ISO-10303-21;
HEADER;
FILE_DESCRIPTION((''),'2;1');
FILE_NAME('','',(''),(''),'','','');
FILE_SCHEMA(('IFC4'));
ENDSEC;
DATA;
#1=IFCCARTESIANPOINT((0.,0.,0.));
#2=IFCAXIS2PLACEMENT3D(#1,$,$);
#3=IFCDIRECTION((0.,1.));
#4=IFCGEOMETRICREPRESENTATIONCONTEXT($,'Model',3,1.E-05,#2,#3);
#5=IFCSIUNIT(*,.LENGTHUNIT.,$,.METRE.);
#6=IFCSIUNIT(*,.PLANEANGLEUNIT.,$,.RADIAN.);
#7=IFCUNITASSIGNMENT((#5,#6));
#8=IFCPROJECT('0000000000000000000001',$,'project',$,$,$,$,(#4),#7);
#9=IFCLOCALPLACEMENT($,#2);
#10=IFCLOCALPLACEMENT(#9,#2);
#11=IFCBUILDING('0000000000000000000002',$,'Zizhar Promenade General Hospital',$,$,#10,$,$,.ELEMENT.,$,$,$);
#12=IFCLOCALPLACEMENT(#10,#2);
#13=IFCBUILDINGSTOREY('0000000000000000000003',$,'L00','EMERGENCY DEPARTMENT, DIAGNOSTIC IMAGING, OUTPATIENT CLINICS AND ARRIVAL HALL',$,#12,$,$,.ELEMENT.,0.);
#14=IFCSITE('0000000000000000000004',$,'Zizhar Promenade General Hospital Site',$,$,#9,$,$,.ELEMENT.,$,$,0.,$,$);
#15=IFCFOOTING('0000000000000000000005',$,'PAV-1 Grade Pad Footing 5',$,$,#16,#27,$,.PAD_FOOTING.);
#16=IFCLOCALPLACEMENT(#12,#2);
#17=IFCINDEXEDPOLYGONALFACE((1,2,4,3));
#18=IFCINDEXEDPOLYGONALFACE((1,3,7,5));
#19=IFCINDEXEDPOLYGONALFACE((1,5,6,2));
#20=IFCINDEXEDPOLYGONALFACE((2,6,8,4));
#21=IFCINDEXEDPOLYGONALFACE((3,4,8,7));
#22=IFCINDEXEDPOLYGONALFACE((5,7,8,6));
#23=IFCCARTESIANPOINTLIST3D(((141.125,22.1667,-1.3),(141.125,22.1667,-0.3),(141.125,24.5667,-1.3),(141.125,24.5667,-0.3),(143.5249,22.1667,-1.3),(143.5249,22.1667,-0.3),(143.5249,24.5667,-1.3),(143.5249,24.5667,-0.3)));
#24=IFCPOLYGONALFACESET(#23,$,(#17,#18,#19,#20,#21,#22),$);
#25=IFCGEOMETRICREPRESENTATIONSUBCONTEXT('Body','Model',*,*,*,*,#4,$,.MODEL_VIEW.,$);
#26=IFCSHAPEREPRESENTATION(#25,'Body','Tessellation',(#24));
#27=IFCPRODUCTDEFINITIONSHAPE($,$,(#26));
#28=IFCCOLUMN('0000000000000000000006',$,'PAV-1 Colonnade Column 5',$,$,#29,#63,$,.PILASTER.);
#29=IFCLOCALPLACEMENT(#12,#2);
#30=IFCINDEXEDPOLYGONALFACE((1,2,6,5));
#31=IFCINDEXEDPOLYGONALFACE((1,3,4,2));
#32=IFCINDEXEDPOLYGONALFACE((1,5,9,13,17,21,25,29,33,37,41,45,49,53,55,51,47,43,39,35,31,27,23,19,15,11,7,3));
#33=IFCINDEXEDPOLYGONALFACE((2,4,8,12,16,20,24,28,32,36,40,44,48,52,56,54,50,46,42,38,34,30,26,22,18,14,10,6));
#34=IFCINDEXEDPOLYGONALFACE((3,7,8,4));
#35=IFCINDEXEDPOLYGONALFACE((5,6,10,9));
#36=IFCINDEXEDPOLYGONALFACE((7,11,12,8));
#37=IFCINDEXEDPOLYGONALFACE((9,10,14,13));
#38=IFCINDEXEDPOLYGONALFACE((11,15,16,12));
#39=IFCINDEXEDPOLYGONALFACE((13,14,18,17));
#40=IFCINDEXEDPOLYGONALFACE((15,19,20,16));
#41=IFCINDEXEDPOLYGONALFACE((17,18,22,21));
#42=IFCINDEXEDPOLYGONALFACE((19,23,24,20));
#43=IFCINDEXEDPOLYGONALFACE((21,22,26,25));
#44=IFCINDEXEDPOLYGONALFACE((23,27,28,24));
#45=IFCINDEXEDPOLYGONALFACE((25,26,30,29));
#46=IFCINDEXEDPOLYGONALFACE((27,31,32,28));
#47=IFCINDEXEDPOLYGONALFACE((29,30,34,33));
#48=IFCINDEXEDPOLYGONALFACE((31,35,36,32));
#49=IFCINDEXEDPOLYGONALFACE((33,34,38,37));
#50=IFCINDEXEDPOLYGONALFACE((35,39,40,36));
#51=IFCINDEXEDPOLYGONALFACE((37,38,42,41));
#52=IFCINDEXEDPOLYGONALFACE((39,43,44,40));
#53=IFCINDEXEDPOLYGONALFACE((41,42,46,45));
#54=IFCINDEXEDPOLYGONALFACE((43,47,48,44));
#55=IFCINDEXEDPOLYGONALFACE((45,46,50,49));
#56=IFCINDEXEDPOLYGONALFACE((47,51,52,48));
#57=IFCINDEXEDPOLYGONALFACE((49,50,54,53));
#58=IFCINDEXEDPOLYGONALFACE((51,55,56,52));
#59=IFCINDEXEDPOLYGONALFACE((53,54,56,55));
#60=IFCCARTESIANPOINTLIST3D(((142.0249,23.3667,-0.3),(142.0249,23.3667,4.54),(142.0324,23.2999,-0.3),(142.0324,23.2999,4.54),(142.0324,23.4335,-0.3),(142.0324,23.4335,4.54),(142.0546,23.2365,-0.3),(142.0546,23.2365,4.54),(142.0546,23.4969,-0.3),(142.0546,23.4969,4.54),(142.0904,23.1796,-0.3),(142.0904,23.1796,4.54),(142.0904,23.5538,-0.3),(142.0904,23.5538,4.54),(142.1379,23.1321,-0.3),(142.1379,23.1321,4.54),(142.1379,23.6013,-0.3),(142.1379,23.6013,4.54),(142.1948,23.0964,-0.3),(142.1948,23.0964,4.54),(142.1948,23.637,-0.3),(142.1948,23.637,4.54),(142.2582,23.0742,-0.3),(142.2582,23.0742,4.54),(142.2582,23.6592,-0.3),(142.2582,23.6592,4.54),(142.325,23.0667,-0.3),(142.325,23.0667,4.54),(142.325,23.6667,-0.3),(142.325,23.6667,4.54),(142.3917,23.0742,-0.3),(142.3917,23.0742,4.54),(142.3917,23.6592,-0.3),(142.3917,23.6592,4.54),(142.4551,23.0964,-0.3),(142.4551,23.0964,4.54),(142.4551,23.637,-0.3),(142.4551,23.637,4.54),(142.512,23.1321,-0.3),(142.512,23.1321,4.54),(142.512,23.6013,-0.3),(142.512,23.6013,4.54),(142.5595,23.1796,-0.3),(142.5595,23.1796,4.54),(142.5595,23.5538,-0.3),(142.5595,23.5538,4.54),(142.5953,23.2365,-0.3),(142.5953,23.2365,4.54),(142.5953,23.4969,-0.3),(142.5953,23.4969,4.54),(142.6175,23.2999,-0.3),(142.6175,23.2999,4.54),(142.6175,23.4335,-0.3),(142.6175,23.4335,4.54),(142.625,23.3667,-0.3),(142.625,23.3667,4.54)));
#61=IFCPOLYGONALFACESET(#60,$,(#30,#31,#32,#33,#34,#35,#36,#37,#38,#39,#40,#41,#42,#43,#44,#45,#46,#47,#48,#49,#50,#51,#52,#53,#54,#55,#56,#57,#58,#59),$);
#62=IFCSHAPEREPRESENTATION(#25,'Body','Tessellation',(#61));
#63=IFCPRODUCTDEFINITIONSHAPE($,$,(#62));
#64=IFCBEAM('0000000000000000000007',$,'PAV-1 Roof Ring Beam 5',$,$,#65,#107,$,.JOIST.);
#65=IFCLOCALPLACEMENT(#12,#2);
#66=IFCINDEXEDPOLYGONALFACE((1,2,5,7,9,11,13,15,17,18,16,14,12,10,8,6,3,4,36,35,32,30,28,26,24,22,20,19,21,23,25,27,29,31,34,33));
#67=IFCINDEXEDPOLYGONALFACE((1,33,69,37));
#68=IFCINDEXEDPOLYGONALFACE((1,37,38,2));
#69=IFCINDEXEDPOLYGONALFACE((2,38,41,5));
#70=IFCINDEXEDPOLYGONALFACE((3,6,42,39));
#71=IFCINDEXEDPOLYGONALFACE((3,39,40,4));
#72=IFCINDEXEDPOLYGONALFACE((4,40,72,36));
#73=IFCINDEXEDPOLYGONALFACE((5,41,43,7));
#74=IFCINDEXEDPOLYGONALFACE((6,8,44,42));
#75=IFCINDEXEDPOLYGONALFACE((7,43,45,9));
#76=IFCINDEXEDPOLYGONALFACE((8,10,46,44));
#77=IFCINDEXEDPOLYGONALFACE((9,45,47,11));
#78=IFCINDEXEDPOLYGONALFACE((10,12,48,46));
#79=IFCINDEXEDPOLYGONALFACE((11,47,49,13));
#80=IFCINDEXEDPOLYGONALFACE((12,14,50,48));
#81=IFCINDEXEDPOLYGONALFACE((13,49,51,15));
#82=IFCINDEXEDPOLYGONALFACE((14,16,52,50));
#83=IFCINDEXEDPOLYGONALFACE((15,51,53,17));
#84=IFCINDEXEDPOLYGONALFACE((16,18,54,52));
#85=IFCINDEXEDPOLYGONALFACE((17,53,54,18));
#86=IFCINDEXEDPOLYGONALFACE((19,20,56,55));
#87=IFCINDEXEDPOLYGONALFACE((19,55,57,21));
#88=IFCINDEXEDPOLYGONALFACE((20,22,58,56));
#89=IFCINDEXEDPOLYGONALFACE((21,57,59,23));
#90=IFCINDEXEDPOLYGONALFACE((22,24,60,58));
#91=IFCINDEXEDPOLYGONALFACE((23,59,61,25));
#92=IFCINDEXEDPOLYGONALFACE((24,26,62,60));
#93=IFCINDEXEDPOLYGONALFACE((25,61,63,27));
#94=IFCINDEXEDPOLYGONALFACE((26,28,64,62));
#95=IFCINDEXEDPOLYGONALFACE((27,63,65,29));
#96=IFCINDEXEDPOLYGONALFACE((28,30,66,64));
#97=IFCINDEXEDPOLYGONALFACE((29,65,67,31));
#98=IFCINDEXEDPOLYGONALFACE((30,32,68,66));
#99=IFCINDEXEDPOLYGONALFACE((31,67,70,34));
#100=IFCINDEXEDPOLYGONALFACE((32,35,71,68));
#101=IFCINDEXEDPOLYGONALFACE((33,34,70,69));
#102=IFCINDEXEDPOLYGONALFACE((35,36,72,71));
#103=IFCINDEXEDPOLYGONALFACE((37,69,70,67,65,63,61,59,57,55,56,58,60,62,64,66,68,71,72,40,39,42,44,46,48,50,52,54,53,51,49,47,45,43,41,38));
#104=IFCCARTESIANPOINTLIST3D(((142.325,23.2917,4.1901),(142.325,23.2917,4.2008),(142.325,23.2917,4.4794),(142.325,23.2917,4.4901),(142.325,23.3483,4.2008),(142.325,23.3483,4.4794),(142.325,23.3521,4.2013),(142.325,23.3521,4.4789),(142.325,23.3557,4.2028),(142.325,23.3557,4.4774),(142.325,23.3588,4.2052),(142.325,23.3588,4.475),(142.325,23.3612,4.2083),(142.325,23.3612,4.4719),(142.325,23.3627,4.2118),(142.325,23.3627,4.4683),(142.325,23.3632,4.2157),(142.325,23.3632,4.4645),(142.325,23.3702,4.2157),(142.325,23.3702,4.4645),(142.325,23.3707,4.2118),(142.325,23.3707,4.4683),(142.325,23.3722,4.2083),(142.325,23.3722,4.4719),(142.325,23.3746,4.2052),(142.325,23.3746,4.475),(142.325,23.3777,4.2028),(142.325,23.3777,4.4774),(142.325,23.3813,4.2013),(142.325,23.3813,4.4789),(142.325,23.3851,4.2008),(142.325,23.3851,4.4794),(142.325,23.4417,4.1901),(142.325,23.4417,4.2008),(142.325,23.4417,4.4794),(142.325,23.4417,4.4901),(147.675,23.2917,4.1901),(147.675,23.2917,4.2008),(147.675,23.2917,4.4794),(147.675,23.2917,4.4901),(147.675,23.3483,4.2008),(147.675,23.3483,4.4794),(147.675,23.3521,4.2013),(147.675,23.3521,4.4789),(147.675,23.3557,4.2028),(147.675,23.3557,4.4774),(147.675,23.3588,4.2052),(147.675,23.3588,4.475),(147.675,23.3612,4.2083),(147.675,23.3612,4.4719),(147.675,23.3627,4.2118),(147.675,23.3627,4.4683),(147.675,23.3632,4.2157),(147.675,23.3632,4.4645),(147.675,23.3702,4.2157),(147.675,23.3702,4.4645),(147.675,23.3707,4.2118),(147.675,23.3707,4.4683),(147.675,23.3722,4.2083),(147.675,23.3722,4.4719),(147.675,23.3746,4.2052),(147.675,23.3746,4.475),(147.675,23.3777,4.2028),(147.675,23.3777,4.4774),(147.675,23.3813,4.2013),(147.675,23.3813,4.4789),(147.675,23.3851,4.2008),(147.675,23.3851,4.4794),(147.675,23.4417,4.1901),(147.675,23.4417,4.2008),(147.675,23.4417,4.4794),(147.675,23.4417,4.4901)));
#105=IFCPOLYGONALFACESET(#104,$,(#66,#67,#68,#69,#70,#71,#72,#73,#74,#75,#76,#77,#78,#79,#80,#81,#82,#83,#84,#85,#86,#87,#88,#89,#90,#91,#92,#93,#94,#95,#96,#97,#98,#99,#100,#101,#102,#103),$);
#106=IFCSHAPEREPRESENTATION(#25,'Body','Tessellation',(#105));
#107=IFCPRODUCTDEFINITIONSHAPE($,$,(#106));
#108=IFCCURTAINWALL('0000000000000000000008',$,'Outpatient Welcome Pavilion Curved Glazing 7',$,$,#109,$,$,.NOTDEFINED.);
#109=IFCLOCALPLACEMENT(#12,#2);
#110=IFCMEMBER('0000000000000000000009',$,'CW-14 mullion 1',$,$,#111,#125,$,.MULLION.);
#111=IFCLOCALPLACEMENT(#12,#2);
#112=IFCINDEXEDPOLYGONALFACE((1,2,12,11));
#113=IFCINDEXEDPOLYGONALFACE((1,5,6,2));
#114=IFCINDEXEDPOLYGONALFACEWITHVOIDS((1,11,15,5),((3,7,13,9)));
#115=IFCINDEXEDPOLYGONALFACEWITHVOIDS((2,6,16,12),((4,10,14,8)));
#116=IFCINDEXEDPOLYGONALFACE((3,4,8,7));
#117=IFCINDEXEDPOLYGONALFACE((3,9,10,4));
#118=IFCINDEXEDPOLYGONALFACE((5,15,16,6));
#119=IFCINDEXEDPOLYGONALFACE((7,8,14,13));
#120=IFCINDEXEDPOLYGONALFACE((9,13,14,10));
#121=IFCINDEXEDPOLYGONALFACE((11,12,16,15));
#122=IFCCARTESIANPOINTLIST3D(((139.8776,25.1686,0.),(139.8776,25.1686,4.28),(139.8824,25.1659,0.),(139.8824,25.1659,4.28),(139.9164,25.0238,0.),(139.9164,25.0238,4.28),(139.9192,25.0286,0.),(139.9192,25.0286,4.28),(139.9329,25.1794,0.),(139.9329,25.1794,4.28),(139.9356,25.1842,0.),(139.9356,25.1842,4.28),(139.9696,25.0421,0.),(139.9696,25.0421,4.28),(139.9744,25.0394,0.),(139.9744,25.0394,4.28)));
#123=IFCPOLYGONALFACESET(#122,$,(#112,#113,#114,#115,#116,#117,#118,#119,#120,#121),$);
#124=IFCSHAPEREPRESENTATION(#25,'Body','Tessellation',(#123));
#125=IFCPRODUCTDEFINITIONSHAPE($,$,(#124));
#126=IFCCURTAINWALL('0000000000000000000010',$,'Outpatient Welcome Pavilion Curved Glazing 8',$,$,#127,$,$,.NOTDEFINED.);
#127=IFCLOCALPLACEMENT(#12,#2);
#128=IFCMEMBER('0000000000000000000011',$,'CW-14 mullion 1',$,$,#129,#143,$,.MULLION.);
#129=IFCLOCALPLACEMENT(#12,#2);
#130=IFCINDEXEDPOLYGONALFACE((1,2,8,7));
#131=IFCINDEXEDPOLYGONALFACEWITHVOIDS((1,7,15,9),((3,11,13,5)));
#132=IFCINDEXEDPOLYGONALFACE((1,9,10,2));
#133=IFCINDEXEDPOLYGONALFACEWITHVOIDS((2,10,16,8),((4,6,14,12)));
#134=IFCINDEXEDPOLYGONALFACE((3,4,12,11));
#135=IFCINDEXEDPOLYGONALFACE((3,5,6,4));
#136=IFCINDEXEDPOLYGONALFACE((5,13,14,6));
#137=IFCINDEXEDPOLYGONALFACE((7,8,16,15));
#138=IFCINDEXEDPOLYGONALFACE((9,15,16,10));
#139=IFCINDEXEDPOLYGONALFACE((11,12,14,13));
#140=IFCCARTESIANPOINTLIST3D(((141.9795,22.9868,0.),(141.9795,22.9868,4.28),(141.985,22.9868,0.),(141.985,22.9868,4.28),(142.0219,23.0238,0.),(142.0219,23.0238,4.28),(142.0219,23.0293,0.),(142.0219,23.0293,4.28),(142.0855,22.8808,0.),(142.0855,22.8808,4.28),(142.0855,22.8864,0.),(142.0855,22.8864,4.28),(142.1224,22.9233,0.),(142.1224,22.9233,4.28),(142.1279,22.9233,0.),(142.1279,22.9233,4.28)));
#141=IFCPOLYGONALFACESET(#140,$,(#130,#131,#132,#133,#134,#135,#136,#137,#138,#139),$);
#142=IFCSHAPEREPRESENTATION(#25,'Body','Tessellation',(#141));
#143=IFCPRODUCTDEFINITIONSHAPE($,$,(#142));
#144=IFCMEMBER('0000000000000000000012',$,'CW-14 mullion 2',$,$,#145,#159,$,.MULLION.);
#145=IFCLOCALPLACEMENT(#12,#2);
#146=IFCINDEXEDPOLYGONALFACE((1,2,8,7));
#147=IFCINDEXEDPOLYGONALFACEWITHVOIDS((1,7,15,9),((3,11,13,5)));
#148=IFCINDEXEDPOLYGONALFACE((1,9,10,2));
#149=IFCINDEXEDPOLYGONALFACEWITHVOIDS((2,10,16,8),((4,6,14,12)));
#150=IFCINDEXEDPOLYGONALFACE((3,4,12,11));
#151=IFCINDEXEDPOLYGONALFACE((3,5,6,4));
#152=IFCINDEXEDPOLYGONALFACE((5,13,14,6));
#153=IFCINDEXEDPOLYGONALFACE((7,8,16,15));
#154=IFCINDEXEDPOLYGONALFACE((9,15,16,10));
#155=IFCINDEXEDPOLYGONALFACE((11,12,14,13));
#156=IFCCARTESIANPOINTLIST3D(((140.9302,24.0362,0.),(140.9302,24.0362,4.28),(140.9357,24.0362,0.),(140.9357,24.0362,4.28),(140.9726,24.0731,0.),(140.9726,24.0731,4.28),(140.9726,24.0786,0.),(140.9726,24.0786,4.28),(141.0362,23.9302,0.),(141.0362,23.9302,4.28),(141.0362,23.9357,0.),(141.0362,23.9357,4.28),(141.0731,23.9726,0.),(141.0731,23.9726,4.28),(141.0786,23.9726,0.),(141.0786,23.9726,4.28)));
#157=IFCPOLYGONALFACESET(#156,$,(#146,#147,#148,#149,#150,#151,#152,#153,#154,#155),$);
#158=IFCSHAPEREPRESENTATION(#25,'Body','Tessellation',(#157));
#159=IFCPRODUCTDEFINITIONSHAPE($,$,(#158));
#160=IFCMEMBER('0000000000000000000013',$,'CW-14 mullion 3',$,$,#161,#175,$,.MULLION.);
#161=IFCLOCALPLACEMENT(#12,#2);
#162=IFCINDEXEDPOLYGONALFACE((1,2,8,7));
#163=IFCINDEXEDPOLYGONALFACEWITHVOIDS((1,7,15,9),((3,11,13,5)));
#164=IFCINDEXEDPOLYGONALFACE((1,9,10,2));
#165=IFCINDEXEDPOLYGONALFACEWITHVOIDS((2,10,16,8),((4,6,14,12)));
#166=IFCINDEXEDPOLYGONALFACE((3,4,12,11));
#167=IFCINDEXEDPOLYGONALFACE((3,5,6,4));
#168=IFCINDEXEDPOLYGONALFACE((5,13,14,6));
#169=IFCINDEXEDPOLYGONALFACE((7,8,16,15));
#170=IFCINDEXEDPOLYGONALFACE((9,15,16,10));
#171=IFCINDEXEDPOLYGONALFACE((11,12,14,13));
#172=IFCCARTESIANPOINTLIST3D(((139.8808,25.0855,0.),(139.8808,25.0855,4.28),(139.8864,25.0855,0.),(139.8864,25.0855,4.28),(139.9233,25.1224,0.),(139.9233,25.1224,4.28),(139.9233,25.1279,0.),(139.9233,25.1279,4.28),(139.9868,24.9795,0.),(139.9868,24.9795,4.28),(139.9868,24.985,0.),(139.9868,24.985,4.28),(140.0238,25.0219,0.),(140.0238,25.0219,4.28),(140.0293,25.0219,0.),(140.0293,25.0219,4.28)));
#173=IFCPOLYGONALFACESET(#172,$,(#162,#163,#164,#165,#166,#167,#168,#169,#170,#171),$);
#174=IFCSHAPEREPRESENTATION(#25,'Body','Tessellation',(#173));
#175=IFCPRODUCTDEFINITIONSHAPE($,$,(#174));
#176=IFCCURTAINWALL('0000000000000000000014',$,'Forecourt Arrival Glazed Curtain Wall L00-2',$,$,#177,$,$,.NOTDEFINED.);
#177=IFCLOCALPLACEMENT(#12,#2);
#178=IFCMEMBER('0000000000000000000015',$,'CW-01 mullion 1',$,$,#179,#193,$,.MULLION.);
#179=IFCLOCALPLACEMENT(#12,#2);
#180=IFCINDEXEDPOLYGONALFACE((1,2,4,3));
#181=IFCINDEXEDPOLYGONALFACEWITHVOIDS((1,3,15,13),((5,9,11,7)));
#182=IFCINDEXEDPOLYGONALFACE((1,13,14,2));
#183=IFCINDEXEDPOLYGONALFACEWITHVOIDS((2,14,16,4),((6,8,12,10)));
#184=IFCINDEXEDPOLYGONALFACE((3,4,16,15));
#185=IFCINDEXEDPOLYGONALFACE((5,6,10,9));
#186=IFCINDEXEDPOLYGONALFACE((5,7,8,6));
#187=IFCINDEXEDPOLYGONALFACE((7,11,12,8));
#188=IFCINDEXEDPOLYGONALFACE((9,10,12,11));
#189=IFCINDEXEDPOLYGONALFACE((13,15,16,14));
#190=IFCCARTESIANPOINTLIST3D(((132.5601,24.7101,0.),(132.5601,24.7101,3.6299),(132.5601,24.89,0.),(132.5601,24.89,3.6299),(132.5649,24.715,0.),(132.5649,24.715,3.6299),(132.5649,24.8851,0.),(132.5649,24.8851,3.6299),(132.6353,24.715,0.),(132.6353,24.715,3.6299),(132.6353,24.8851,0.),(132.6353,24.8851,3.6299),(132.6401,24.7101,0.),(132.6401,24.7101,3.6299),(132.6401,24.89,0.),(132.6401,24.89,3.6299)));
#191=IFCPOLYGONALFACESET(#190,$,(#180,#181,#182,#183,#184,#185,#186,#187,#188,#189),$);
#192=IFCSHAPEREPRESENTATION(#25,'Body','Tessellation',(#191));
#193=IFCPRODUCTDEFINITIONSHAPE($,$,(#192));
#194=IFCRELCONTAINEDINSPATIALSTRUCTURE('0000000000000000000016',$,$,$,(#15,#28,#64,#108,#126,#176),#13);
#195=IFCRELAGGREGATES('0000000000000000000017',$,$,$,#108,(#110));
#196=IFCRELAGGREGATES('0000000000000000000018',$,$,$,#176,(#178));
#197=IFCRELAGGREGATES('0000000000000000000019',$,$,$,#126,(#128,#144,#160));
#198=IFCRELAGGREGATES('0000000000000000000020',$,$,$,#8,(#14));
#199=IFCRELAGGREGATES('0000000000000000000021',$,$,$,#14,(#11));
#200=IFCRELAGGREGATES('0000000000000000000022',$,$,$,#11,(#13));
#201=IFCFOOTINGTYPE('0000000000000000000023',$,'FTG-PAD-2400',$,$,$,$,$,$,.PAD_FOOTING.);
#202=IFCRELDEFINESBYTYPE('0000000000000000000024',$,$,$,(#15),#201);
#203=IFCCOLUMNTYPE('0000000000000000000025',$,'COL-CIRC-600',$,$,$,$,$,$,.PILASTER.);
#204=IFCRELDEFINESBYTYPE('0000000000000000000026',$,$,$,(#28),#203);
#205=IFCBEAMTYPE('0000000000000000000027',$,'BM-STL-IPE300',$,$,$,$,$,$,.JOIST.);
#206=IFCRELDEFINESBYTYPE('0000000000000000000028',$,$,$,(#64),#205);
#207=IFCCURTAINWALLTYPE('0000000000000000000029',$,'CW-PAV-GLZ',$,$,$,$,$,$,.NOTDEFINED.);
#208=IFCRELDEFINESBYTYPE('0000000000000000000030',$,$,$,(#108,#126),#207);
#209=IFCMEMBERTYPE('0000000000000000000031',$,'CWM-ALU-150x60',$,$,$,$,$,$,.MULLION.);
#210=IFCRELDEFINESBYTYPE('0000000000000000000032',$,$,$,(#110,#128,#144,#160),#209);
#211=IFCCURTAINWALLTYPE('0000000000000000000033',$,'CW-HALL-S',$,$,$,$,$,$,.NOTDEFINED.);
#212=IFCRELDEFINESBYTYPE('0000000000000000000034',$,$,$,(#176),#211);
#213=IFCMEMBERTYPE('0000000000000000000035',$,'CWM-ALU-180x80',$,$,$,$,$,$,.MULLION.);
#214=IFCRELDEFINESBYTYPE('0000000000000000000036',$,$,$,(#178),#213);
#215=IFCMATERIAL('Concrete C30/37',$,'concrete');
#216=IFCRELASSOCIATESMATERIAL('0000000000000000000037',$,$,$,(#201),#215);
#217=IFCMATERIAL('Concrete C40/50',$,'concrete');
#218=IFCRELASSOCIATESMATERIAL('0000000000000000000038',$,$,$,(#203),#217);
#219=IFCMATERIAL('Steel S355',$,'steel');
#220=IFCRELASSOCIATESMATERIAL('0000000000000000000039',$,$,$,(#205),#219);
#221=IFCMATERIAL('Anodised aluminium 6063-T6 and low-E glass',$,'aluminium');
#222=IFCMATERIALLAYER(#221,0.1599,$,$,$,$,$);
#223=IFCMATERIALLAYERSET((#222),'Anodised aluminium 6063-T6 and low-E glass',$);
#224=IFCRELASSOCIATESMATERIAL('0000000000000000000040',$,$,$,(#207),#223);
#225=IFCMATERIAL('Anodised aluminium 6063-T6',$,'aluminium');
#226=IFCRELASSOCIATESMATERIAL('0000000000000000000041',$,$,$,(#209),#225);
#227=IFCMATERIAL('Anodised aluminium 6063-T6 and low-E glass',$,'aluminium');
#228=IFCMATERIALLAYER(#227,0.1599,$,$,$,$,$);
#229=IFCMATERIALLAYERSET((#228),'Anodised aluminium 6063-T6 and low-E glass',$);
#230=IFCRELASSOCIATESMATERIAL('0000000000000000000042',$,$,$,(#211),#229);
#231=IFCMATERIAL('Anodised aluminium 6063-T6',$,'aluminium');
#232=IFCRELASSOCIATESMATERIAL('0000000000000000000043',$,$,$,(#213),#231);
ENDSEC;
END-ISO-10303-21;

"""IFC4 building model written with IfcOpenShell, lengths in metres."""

from ifc_helpers import new_model, si_unit, direction, frame, origin, origin_2d, place, context, subcontext, project, spatial, rectangle, hollow_rectangle, circle, i_section, extrude, material, layer, layer_set, material_profile, profile_set, type_object, element, aggregate, save


model = new_model("IFC4")

# Units and contexts
model_context = context("Model", 3, precision=1e-05, world=origin(), true_north=direction((0.0, 1.0)))
body_context = subcontext(model_context, "Body", "Model", "MODEL_VIEW")
ifc_project = project(units=[si_unit("LENGTHUNIT", "METRE"), si_unit("PLANEANGLEUNIT", "RADIAN")], contexts=[model_context])

# Site, building, storey
site_placement = place(None, origin())
site = spatial("IfcSite", under=ifc_project, at=site_placement, Name="Zizhar Promenade General Hospital Site", CompositionType="ELEMENT", RefElevation=0.0)
building_placement = place(site_placement, origin())
building = spatial("IfcBuilding", under=site, at=building_placement, Name="Zizhar Promenade General Hospital", CompositionType="ELEMENT")
storey_placement = place(building_placement, origin())
storey = spatial("IfcBuildingStorey", under=building, at=storey_placement, Name="L00", Description="EMERGENCY DEPARTMENT, DIAGNOSTIC IMAGING, OUTPATIENT CLINICS AND ARRIVAL HALL", CompositionType="ELEMENT", Elevation=0.0)

# Footing
ifc_material_1 = material(Name="Concrete C30/37", Category="concrete")
footing_type = type_object("IfcFootingType", Name="FTG-PAD-2400", PredefinedType="PAD_FOOTING", material=ifc_material_1)
footing_placement = place(storey_placement, frame((142.325, 23.3667, -1.3), z_axis=(0.0, 0.0, 1.0), x_axis=(1.0, 0.0, 0.0)))
element("IfcFooting", 1, at=footing_placement, inside=storey, type_object=footing_type, Name="PAV-1 Grade Pad Footing 5", PredefinedType="PAD_FOOTING", context=body_context, shape_type="SweptSolid", body=[
    extrude(rectangle(XDim=2.3999, YDim=2.3999, at=origin_2d()), origin(), (0.0, 0.0, 1.0), 1.0),
])

# Column
ifc_material_2 = material(Name="Concrete C40/50", Category="concrete")
ifc_material_profile_1 = material_profile(ifc_material_2, circle(Radius=0.3, at=origin_2d()))
ifc_profile_set_1 = profile_set([ifc_material_profile_1], Name="Concrete C40/50")
column_type = type_object("IfcColumnType", Name="COL-CIRC-600", PredefinedType="PILASTER", material=ifc_profile_set_1)
column_placement = place(storey_placement, frame((142.325, 23.3667, -0.3), z_axis=(0.0, 0.0, 1.0), x_axis=(1.0, 0.0, 0.0)))
element("IfcColumn", 2, at=column_placement, inside=storey, type_object=column_type, Name="PAV-1 Colonnade Column 5", PredefinedType="PILASTER", context=body_context, shape_type="SweptSolid", body=[
    extrude(circle(Radius=0.3, at=origin_2d()), origin(), (0.0, 0.0, 1.0), 4.8401),
])

# Beam
ifc_material_3 = material(Name="Steel S355", Category="steel")
ifc_material_profile_2 = material_profile(ifc_material_3, i_section(OverallWidth=0.1499, OverallDepth=0.3, WebThickness=0.0071, FlangeThickness=0.0107, FilletRadius=0.0149, at=origin_2d()))
ifc_profile_set_2 = profile_set([ifc_material_profile_2], Name="Steel S355")
beam_type = type_object("IfcBeamType", Name="BM-STL-IPE300", PredefinedType="JOIST", material=ifc_profile_set_2)
beam_placement = place(storey_placement, frame((142.325, 23.3667, 4.3401), z_axis=(1.0, 0.0, 0.0), x_axis=(0.0, 1.0, 0.0)))
element("IfcBeam", 3, at=beam_placement, inside=storey, type_object=beam_type, Name="PAV-1 Roof Ring Beam 5", PredefinedType="JOIST", context=body_context, shape_type="SweptSolid", body=[
    extrude(i_section(OverallWidth=0.1499, OverallDepth=0.3, WebThickness=0.0071, FlangeThickness=0.0107, FilletRadius=0.0149, at=origin_2d()), origin(), (0.0, 0.0, 1.0), 5.3501),
])

# Curtain wall, member
ifc_material_4 = material(Name="Anodised aluminium 6063-T6 and low-E glass", Category="aluminium")
ifc_layer_1 = layer(ifc_material_4, 0.1599)
ifc_layer_set_1 = layer_set([ifc_layer_1], Name="Anodised aluminium 6063-T6 and low-E glass")
curtain_wall_type_1 = type_object("IfcCurtainWallType", Name="CW-PAV-GLZ", PredefinedType="NOTDEFINED", material=ifc_layer_set_1)
curtain_wall_1_placement = place(storey_placement, origin())
curtain_wall_1 = element("IfcCurtainWall", 4, at=curtain_wall_1_placement, inside=storey, type_object=curtain_wall_type_1, Name="Outpatient Welcome Pavilion Curved Glazing 7", PredefinedType="NOTDEFINED")
ifc_material_5 = material(Name="Anodised aluminium 6063-T6", Category="aluminium")
ifc_material_profile_3 = material_profile(ifc_material_5, hollow_rectangle(XDim=0.0601, YDim=0.1499, WallThickness=0.0039, at=origin_2d()))
ifc_profile_set_3 = profile_set([ifc_material_profile_3], Name="Anodised aluminium 6063-T6")
member_type_1 = type_object("IfcMemberType", Name="CWM-ALU-150x60", PredefinedType="MULLION", material=ifc_profile_set_3)
member_1_placement = place(storey_placement, frame((139.926, 25.104, 0.0), z_axis=(0.0, 0.0, 1.0), x_axis=(-0.965922, -0.258834, 0.0)))
member_1 = element("IfcMember", 5, at=member_1_placement, type_object=member_type_1, Name="CW-14 mullion 1", PredefinedType="MULLION", context=body_context, shape_type="SweptSolid", body=[
    extrude(hollow_rectangle(XDim=0.0601, YDim=0.1499, WallThickness=0.0039, at=origin_2d()), origin(), (0.0, 0.0, 1.0), 4.28),
])

# Curtain wall, members
curtain_wall_2_placement = place(storey_placement, origin())
curtain_wall_2 = element("IfcCurtainWall", 6, at=curtain_wall_2_placement, inside=storey, type_object=curtain_wall_type_1, Name="Outpatient Welcome Pavilion Curved Glazing 8", PredefinedType="NOTDEFINED")
member_2_placement = place(storey_placement, frame((142.0537, 22.9551, 0.0), z_axis=(0.0, 0.0, 1.0), x_axis=(-0.707107, -0.707107, 0.0)))
member_2 = element("IfcMember", 7, at=member_2_placement, type_object=member_type_1, Name="CW-14 mullion 1", PredefinedType="MULLION", context=body_context, shape_type="SweptSolid", body=[
    extrude(hollow_rectangle(XDim=0.0601, YDim=0.1499, WallThickness=0.0039, at=origin_2d()), origin(), (0.0, 0.0, 1.0), 4.28),
])
member_3_placement = place(storey_placement, frame((141.0044, 24.0044, 0.0), z_axis=(0.0, 0.0, 1.0), x_axis=(-0.707107, -0.707107, 0.0)))
member_3 = element("IfcMember", 8, at=member_3_placement, type_object=member_type_1, Name="CW-14 mullion 2", PredefinedType="MULLION", context=body_context, shape_type="SweptSolid", body=[
    extrude(hollow_rectangle(XDim=0.0601, YDim=0.1499, WallThickness=0.0039, at=origin_2d()), origin(), (0.0, 0.0, 1.0), 4.28),
])
member_4_placement = place(storey_placement, frame((139.9551, 25.0537, 0.0), z_axis=(0.0, 0.0, 1.0), x_axis=(-0.707107, -0.707107, 0.0)))
member_4 = element("IfcMember", 9, at=member_4_placement, type_object=member_type_1, Name="CW-14 mullion 3", PredefinedType="MULLION", context=body_context, shape_type="SweptSolid", body=[
    extrude(hollow_rectangle(XDim=0.0601, YDim=0.1499, WallThickness=0.0039, at=origin_2d()), origin(), (0.0, 0.0, 1.0), 4.28),
])

# Curtain wall, member
ifc_material_6 = material(Name="Anodised aluminium 6063-T6 and low-E glass", Category="aluminium")
ifc_layer_2 = layer(ifc_material_6, 0.1599)
ifc_layer_set_2 = layer_set([ifc_layer_2], Name="Anodised aluminium 6063-T6 and low-E glass")
curtain_wall_type_2 = type_object("IfcCurtainWallType", Name="CW-HALL-S", PredefinedType="NOTDEFINED", material=ifc_layer_set_2)
curtain_wall_3_placement = place(storey_placement, origin())
curtain_wall_3 = element("IfcCurtainWall", 10, at=curtain_wall_3_placement, inside=storey, type_object=curtain_wall_type_2, Name="Forecourt Arrival Glazed Curtain Wall L00-2", PredefinedType="NOTDEFINED")
ifc_material_7 = material(Name="Anodised aluminium 6063-T6", Category="aluminium")
ifc_material_profile_4 = material_profile(ifc_material_7, hollow_rectangle(XDim=0.0801, YDim=0.1799, WallThickness=0.0049, at=origin_2d()))
ifc_profile_set_4 = profile_set([ifc_material_profile_4], Name="Anodised aluminium 6063-T6")
member_type_2 = type_object("IfcMemberType", Name="CWM-ALU-180x80", PredefinedType="MULLION", material=ifc_profile_set_4)
member_5_placement = place(storey_placement, frame((132.6001, 24.8, 0.0), z_axis=(0.0, 0.0, 1.0), x_axis=(1.0, 0.0, 0.0)))
member_5 = element("IfcMember", 11, at=member_5_placement, type_object=member_type_2, Name="CW-01 mullion 1", PredefinedType="MULLION", context=body_context, shape_type="SweptSolid", body=[
    extrude(hollow_rectangle(XDim=0.0801, YDim=0.1799, WallThickness=0.0049, at=origin_2d()), origin(), (0.0, 0.0, 1.0), 3.6299),
])

aggregate(curtain_wall_1, [member_1])

aggregate(curtain_wall_3, [member_5])
aggregate(curtain_wall_2, [member_2, member_3, member_4])

save(model, "model.ifc")
